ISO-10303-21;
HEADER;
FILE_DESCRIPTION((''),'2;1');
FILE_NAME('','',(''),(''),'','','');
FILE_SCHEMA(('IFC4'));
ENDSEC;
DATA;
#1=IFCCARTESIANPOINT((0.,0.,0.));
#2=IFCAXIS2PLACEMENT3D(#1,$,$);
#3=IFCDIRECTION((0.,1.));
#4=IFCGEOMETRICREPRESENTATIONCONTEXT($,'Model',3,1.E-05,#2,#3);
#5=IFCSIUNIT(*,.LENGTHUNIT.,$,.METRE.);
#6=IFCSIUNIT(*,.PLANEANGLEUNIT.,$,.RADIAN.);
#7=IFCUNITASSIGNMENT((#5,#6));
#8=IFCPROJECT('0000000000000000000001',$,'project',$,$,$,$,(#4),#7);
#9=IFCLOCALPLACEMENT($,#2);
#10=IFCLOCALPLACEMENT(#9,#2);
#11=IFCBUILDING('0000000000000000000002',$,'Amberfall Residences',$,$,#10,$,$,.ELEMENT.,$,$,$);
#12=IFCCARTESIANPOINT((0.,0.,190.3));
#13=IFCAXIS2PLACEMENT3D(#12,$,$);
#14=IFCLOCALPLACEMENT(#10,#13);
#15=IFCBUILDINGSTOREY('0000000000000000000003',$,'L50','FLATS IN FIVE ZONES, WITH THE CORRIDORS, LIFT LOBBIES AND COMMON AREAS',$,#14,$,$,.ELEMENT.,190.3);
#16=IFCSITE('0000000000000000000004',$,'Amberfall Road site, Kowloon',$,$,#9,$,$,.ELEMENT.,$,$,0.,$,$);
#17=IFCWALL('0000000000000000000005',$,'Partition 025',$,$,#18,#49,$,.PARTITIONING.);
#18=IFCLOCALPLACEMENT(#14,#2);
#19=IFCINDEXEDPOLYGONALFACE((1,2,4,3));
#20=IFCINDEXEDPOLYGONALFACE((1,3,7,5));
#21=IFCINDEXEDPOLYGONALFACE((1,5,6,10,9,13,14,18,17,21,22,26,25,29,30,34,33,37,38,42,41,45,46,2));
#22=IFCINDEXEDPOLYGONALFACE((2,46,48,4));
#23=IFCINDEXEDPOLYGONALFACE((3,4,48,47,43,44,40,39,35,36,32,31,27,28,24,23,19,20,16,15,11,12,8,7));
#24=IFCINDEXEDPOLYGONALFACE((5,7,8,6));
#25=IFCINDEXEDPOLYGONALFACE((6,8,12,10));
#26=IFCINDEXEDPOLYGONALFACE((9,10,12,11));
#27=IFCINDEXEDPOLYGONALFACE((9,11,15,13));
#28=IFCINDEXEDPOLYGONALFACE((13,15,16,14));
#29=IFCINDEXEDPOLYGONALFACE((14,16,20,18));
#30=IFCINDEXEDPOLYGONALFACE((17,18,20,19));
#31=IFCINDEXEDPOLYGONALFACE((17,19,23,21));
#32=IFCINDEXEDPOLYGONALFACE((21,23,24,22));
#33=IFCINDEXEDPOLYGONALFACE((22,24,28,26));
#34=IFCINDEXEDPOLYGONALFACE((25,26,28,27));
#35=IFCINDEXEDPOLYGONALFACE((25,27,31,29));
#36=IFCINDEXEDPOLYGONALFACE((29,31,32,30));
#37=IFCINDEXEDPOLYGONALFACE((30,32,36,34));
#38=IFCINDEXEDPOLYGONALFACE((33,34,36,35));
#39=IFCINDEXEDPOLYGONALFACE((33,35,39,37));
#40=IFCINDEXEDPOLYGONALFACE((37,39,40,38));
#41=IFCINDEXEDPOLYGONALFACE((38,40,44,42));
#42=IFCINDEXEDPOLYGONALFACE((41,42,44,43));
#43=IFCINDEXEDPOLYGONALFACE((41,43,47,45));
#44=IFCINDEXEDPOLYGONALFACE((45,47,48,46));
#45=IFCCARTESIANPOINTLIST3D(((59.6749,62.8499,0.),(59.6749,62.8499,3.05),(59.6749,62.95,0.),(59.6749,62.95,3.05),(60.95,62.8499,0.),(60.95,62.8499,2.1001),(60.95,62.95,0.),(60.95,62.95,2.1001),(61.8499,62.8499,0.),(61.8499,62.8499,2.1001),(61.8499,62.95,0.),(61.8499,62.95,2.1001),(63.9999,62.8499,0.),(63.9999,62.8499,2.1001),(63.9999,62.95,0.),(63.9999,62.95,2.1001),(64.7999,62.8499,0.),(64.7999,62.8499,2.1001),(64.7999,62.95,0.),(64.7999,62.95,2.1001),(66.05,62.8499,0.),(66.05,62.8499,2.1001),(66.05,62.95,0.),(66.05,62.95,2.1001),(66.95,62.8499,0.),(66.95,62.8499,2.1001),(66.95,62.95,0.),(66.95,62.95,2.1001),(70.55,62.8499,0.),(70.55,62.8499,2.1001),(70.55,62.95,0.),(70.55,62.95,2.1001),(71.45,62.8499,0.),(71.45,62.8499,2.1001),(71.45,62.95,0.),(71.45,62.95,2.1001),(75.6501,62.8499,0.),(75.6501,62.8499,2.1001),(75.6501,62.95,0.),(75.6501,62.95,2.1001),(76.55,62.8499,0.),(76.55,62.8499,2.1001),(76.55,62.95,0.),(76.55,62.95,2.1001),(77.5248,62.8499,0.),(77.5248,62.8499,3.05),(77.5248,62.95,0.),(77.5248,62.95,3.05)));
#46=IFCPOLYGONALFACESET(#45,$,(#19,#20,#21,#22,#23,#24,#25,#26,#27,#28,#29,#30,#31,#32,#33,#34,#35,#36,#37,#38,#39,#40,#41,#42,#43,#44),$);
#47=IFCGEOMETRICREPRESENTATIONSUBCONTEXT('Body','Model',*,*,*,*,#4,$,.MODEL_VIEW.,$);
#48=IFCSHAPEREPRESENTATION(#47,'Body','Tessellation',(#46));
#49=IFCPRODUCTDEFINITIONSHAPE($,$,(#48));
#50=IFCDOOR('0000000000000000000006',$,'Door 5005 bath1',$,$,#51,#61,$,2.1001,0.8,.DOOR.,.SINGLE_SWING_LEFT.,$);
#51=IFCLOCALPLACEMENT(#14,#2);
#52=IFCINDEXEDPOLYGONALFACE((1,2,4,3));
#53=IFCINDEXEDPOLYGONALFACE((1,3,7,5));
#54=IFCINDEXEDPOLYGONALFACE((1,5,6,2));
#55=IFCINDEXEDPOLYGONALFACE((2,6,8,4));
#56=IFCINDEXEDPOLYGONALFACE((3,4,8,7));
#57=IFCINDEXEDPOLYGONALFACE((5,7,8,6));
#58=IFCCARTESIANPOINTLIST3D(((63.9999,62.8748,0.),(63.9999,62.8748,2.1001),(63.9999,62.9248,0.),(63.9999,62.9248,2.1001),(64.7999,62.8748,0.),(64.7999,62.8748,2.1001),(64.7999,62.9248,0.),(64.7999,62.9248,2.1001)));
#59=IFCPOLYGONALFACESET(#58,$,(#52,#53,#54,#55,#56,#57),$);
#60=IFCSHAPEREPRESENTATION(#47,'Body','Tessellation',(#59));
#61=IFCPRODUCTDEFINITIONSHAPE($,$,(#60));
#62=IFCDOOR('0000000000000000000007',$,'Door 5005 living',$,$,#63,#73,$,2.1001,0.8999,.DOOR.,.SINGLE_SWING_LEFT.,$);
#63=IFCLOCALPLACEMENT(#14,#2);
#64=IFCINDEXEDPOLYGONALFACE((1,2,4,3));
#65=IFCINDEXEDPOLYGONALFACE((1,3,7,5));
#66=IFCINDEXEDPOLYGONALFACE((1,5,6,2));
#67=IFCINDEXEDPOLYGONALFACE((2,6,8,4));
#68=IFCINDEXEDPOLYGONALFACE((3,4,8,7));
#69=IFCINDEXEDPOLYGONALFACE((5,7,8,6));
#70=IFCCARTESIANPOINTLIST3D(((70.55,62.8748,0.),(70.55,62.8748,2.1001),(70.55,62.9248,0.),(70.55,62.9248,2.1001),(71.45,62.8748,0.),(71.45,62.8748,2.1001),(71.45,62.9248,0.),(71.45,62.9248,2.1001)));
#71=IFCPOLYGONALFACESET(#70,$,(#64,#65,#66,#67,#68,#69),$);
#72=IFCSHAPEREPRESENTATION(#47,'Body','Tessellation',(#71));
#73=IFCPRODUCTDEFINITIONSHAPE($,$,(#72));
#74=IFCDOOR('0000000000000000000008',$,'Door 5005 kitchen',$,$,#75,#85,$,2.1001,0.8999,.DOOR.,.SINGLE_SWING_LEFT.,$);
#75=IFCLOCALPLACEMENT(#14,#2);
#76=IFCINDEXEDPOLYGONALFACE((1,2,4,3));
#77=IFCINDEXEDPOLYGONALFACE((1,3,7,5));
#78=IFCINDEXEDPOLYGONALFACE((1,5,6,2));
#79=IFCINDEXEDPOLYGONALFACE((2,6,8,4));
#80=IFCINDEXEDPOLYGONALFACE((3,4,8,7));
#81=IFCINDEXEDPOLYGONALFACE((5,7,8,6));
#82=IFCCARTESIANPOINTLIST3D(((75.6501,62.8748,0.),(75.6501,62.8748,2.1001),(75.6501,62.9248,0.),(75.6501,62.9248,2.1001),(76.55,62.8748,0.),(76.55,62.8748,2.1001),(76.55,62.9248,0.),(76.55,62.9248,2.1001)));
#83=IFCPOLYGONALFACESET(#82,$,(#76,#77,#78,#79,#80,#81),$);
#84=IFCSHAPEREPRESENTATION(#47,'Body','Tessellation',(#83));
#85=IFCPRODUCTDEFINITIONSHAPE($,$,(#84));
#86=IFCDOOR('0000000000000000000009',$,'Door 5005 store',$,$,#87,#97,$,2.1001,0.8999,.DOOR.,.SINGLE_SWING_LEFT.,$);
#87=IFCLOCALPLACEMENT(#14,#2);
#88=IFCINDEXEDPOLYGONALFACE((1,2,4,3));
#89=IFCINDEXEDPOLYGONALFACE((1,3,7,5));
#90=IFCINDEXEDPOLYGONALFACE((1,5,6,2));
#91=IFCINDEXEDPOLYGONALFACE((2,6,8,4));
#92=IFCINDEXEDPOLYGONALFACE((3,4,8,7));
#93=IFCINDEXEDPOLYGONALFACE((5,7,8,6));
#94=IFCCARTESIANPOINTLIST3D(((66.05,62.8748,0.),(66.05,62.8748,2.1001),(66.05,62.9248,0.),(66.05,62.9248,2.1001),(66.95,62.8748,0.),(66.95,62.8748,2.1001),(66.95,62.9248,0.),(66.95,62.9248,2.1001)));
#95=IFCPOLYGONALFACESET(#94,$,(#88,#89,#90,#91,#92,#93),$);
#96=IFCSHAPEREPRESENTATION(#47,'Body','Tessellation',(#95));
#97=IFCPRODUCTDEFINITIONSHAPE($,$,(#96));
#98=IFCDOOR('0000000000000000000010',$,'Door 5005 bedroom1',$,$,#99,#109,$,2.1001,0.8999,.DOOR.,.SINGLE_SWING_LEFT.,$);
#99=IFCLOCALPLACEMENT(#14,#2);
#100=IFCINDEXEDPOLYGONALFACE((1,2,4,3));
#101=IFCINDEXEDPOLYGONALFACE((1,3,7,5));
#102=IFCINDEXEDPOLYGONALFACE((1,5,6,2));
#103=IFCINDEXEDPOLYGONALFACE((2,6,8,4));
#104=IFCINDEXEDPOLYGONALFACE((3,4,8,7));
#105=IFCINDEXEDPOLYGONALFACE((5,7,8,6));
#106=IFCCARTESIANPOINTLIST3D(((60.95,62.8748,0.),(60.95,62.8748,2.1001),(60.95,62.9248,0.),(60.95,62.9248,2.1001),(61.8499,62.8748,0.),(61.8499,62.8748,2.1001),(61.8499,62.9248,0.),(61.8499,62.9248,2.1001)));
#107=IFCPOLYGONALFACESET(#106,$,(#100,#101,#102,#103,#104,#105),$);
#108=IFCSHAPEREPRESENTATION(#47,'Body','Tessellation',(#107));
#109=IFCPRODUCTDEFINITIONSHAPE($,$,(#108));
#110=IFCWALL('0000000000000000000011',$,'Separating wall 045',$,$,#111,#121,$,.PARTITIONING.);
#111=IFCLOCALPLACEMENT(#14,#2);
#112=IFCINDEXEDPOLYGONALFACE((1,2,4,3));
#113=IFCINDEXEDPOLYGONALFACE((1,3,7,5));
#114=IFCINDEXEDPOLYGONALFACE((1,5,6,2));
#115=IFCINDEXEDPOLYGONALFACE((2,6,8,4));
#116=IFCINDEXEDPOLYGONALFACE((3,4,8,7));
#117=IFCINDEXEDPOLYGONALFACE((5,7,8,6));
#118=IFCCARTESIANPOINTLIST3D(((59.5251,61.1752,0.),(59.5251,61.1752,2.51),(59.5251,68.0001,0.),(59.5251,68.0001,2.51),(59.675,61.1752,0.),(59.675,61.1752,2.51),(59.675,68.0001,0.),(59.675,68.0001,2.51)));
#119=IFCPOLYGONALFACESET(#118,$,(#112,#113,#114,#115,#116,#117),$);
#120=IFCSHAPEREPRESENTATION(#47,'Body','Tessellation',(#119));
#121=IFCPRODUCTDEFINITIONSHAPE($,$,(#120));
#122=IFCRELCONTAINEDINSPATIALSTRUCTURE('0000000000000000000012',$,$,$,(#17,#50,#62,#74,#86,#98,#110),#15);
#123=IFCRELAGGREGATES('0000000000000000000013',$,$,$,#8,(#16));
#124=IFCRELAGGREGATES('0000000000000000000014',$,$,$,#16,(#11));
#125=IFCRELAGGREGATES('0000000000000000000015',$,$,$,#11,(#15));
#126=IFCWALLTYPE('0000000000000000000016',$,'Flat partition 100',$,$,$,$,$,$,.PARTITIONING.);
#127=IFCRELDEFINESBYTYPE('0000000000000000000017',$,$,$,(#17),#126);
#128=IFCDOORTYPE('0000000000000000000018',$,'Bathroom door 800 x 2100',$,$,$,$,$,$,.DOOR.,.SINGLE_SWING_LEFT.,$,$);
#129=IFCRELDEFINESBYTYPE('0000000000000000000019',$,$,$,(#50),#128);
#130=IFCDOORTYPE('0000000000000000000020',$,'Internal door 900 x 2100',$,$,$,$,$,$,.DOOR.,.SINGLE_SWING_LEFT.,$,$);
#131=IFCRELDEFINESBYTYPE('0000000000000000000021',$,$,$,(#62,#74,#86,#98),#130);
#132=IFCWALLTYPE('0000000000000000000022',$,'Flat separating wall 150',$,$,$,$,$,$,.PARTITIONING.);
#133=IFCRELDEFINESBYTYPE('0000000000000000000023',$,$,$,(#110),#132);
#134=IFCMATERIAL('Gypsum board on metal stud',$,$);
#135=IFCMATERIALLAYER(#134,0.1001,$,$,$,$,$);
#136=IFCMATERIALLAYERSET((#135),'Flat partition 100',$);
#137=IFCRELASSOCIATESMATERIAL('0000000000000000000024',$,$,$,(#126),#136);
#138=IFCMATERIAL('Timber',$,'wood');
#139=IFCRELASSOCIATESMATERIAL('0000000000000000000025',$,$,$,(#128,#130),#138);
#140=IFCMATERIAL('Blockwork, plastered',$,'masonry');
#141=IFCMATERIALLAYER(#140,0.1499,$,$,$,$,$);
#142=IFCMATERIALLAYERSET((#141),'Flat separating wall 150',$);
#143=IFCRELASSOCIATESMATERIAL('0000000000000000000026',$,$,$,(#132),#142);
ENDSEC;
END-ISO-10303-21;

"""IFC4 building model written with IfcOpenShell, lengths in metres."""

from ifc_helpers import new_model, si_unit, direction, frame, frame_2d, origin, place, context, subcontext, project, spatial, rectangle, extrude, material, layer, layer_set, type_object, element, fill, save


model = new_model("IFC4")

# Units and contexts
model_context = context("Model", 3, precision=1e-05, world=origin(), true_north=direction((0.0, 1.0)))
body_context = subcontext(model_context, "Body", "Model", "MODEL_VIEW")
ifc_project = project(units=[si_unit("LENGTHUNIT", "METRE"), si_unit("PLANEANGLEUNIT", "RADIAN")], contexts=[model_context])

# Site, building, storey
site_placement = place(None, origin())
site = spatial("IfcSite", under=ifc_project, at=site_placement, Name="Amberfall Road site, Kowloon", CompositionType="ELEMENT", RefElevation=0.0)
building_placement = place(site_placement, origin())
building = spatial("IfcBuilding", under=site, at=building_placement, Name="Amberfall Residences", CompositionType="ELEMENT")
storey_placement = place(building_placement, frame((0.0, 0.0, 190.3)))
storey = spatial("IfcBuildingStorey", under=building, at=storey_placement, Name="L50", Description="FLATS IN FIVE ZONES, WITH THE CORRIDORS, LIFT LOBBIES AND COMMON AREAS", CompositionType="ELEMENT", Elevation=190.3)

# Shared definitions
ifc_material_1 = material(Name="Gypsum board on metal stud")
ifc_layer_1 = layer(ifc_material_1, 0.1001)
ifc_layer_set_1 = layer_set([ifc_layer_1], Name="Flat partition 100")
wall_type_1 = type_object("IfcWallType", Name="Flat partition 100", PredefinedType="PARTITIONING", material=ifc_layer_set_1)

# Wall, openings, doors
wall_1_placement = place(storey_placement, frame((59.675, 62.8999, 0.0), z_axis=(0.0, 0.0, 1.0), x_axis=(1.0, 0.0, 0.0)))
wall_1 = element("IfcWall", 1, at=wall_1_placement, inside=storey, type_object=wall_type_1, Name="Partition 025", PredefinedType="PARTITIONING", context=body_context, shape_type="SweptSolid", body=[
    extrude(rectangle(XDim=17.8499, YDim=0.1001, at=frame_2d((8.9248, 0.0))), origin(), (0.0, 0.0, 1.0), 3.05),
])
opening_1_placement = place(wall_1_placement, frame((10.875, 0.0, 0.0)))
opening_1 = element("IfcOpeningElement", 2, at=opening_1_placement, cuts=wall_1, PredefinedType="OPENING", context=body_context, shape_type="SweptSolid", body=[
    extrude(rectangle(XDim=0.8999, YDim=2.1001, at=frame_2d((0.45, 1.05))), frame((0.0, 0.0601, 0.0), z_axis=(0.0, -1.0, 0.0), x_axis=(1.0, 0.0, 0.0)), (0.0, 0.0, 1.0), 0.1201),
])
opening_2_placement = place(wall_1_placement, frame((15.9751, 0.0, 0.0)))
opening_2 = element("IfcOpeningElement", 3, at=opening_2_placement, cuts=wall_1, PredefinedType="OPENING", context=body_context, shape_type="SweptSolid", body=[
    extrude(rectangle(XDim=0.8999, YDim=2.1001, at=frame_2d((0.45, 1.05))), frame((0.0, 0.0601, 0.0), z_axis=(0.0, -1.0, 0.0), x_axis=(1.0, 0.0, 0.0)), (0.0, 0.0, 1.0), 0.1201),
])
opening_3_placement = place(wall_1_placement, frame((6.375, 0.0, 0.0)))
opening_3 = element("IfcOpeningElement", 4, at=opening_3_placement, cuts=wall_1, PredefinedType="OPENING", context=body_context, shape_type="SweptSolid", body=[
    extrude(rectangle(XDim=0.8999, YDim=2.1001, at=frame_2d((0.45, 1.05))), frame((0.0, 0.0601, 0.0), z_axis=(0.0, -1.0, 0.0), x_axis=(1.0, 0.0, 0.0)), (0.0, 0.0, 1.0), 0.1201),
])
opening_4_placement = place(wall_1_placement, frame((1.2749, 0.0, 0.0)))
opening_4 = element("IfcOpeningElement", 5, at=opening_4_placement, cuts=wall_1, PredefinedType="OPENING", context=body_context, shape_type="SweptSolid", body=[
    extrude(rectangle(XDim=0.8999, YDim=2.1001, at=frame_2d((0.45, 1.05))), frame((0.0, 0.0601, 0.0), z_axis=(0.0, -1.0, 0.0), x_axis=(1.0, 0.0, 0.0)), (0.0, 0.0, 1.0), 0.1201),
])
opening_5_placement = place(wall_1_placement, frame((4.325, 0.0, 0.0)))
opening_5 = element("IfcOpeningElement", 6, at=opening_5_placement, cuts=wall_1, PredefinedType="OPENING", context=body_context, shape_type="SweptSolid", body=[
    extrude(rectangle(XDim=0.8, YDim=2.1001, at=frame_2d((0.3999, 1.05))), frame((0.0, 0.0601, 0.0), z_axis=(0.0, -1.0, 0.0), x_axis=(1.0, 0.0, 0.0)), (0.0, 0.0, 1.0), 0.1201),
])
ifc_material_2 = material(Name="Timber", Category="wood")
door_type_1 = type_object("IfcDoorType", Name="Bathroom door 800 x 2100", OperationType="SINGLE_SWING_LEFT", PredefinedType="DOOR", material=ifc_material_2)
door_1_placement = place(opening_5_placement, origin())
door_1 = element("IfcDoor", 7, at=door_1_placement, inside=storey, type_object=door_type_1, Name="Door 5005 bath1", OperationType="SINGLE_SWING_LEFT", OverallHeight=2.1001, OverallWidth=0.8, PredefinedType="DOOR", context=body_context, shape_type="SweptSolid", body=[
    extrude(rectangle(XDim=0.8, YDim=2.1001, at=frame_2d((0.3999, 1.05))), frame((0.0, 0.0249, 0.0), z_axis=(0.0, -1.0, 0.0), x_axis=(1.0, 0.0, 0.0)), (0.0, 0.0, 1.0), 0.05),
])
fill(opening_5, door_1)
door_type_2 = type_object("IfcDoorType", Name="Internal door 900 x 2100", OperationType="SINGLE_SWING_LEFT", PredefinedType="DOOR", material=ifc_material_2)
door_2_placement = place(opening_1_placement, origin())
door_2 = element("IfcDoor", 8, at=door_2_placement, inside=storey, type_object=door_type_2, Name="Door 5005 living", OperationType="SINGLE_SWING_LEFT", OverallHeight=2.1001, OverallWidth=0.8999, PredefinedType="DOOR", context=body_context, shape_type="SweptSolid", body=[
    extrude(rectangle(XDim=0.8999, YDim=2.1001, at=frame_2d((0.45, 1.05))), frame((0.0, 0.0249, 0.0), z_axis=(0.0, -1.0, 0.0), x_axis=(1.0, 0.0, 0.0)), (0.0, 0.0, 1.0), 0.05),
])
fill(opening_1, door_2)
door_3_placement = place(opening_2_placement, origin())
door_3 = element("IfcDoor", 9, at=door_3_placement, inside=storey, type_object=door_type_2, Name="Door 5005 kitchen", OperationType="SINGLE_SWING_LEFT", OverallHeight=2.1001, OverallWidth=0.8999, PredefinedType="DOOR", context=body_context, shape_type="SweptSolid", body=[
    extrude(rectangle(XDim=0.8999, YDim=2.1001, at=frame_2d((0.45, 1.05))), frame((0.0, 0.0249, 0.0), z_axis=(0.0, -1.0, 0.0), x_axis=(1.0, 0.0, 0.0)), (0.0, 0.0, 1.0), 0.05),
])
fill(opening_2, door_3)
door_4_placement = place(opening_3_placement, origin())
door_4 = element("IfcDoor", 10, at=door_4_placement, inside=storey, type_object=door_type_2, Name="Door 5005 store", OperationType="SINGLE_SWING_LEFT", OverallHeight=2.1001, OverallWidth=0.8999, PredefinedType="DOOR", context=body_context, shape_type="SweptSolid", body=[
    extrude(rectangle(XDim=0.8999, YDim=2.1001, at=frame_2d((0.45, 1.05))), frame((0.0, 0.0249, 0.0), z_axis=(0.0, -1.0, 0.0), x_axis=(1.0, 0.0, 0.0)), (0.0, 0.0, 1.0), 0.05),
])
fill(opening_3, door_4)
door_5_placement = place(opening_4_placement, origin())
door_5 = element("IfcDoor", 11, at=door_5_placement, inside=storey, type_object=door_type_2, Name="Door 5005 bedroom1", OperationType="SINGLE_SWING_LEFT", OverallHeight=2.1001, OverallWidth=0.8999, PredefinedType="DOOR", context=body_context, shape_type="SweptSolid", body=[
    extrude(rectangle(XDim=0.8999, YDim=2.1001, at=frame_2d((0.45, 1.05))), frame((0.0, 0.0249, 0.0), z_axis=(0.0, -1.0, 0.0), x_axis=(1.0, 0.0, 0.0)), (0.0, 0.0, 1.0), 0.05),
])
fill(opening_4, door_5)

# Wall
ifc_material_3 = material(Name="Blockwork, plastered", Category="masonry")
ifc_layer_2 = layer(ifc_material_3, 0.1499)
ifc_layer_set_2 = layer_set([ifc_layer_2], Name="Flat separating wall 150")
wall_type_2 = type_object("IfcWallType", Name="Flat separating wall 150", PredefinedType="PARTITIONING", material=ifc_layer_set_2)
wall_2_placement = place(storey_placement, frame((59.6001, 61.175, 0.0), z_axis=(0.0, 0.0, 1.0), x_axis=(0.0, 1.0, 0.0)))
element("IfcWall", 12, at=wall_2_placement, inside=storey, type_object=wall_type_2, Name="Separating wall 045", PredefinedType="PARTITIONING", context=body_context, shape_type="SweptSolid", body=[
    extrude(rectangle(XDim=6.825, YDim=0.1499, at=frame_2d((3.4126, 0.0))), origin(), (0.0, 0.0, 1.0), 2.51),
])

save(model, "model.ifc")
